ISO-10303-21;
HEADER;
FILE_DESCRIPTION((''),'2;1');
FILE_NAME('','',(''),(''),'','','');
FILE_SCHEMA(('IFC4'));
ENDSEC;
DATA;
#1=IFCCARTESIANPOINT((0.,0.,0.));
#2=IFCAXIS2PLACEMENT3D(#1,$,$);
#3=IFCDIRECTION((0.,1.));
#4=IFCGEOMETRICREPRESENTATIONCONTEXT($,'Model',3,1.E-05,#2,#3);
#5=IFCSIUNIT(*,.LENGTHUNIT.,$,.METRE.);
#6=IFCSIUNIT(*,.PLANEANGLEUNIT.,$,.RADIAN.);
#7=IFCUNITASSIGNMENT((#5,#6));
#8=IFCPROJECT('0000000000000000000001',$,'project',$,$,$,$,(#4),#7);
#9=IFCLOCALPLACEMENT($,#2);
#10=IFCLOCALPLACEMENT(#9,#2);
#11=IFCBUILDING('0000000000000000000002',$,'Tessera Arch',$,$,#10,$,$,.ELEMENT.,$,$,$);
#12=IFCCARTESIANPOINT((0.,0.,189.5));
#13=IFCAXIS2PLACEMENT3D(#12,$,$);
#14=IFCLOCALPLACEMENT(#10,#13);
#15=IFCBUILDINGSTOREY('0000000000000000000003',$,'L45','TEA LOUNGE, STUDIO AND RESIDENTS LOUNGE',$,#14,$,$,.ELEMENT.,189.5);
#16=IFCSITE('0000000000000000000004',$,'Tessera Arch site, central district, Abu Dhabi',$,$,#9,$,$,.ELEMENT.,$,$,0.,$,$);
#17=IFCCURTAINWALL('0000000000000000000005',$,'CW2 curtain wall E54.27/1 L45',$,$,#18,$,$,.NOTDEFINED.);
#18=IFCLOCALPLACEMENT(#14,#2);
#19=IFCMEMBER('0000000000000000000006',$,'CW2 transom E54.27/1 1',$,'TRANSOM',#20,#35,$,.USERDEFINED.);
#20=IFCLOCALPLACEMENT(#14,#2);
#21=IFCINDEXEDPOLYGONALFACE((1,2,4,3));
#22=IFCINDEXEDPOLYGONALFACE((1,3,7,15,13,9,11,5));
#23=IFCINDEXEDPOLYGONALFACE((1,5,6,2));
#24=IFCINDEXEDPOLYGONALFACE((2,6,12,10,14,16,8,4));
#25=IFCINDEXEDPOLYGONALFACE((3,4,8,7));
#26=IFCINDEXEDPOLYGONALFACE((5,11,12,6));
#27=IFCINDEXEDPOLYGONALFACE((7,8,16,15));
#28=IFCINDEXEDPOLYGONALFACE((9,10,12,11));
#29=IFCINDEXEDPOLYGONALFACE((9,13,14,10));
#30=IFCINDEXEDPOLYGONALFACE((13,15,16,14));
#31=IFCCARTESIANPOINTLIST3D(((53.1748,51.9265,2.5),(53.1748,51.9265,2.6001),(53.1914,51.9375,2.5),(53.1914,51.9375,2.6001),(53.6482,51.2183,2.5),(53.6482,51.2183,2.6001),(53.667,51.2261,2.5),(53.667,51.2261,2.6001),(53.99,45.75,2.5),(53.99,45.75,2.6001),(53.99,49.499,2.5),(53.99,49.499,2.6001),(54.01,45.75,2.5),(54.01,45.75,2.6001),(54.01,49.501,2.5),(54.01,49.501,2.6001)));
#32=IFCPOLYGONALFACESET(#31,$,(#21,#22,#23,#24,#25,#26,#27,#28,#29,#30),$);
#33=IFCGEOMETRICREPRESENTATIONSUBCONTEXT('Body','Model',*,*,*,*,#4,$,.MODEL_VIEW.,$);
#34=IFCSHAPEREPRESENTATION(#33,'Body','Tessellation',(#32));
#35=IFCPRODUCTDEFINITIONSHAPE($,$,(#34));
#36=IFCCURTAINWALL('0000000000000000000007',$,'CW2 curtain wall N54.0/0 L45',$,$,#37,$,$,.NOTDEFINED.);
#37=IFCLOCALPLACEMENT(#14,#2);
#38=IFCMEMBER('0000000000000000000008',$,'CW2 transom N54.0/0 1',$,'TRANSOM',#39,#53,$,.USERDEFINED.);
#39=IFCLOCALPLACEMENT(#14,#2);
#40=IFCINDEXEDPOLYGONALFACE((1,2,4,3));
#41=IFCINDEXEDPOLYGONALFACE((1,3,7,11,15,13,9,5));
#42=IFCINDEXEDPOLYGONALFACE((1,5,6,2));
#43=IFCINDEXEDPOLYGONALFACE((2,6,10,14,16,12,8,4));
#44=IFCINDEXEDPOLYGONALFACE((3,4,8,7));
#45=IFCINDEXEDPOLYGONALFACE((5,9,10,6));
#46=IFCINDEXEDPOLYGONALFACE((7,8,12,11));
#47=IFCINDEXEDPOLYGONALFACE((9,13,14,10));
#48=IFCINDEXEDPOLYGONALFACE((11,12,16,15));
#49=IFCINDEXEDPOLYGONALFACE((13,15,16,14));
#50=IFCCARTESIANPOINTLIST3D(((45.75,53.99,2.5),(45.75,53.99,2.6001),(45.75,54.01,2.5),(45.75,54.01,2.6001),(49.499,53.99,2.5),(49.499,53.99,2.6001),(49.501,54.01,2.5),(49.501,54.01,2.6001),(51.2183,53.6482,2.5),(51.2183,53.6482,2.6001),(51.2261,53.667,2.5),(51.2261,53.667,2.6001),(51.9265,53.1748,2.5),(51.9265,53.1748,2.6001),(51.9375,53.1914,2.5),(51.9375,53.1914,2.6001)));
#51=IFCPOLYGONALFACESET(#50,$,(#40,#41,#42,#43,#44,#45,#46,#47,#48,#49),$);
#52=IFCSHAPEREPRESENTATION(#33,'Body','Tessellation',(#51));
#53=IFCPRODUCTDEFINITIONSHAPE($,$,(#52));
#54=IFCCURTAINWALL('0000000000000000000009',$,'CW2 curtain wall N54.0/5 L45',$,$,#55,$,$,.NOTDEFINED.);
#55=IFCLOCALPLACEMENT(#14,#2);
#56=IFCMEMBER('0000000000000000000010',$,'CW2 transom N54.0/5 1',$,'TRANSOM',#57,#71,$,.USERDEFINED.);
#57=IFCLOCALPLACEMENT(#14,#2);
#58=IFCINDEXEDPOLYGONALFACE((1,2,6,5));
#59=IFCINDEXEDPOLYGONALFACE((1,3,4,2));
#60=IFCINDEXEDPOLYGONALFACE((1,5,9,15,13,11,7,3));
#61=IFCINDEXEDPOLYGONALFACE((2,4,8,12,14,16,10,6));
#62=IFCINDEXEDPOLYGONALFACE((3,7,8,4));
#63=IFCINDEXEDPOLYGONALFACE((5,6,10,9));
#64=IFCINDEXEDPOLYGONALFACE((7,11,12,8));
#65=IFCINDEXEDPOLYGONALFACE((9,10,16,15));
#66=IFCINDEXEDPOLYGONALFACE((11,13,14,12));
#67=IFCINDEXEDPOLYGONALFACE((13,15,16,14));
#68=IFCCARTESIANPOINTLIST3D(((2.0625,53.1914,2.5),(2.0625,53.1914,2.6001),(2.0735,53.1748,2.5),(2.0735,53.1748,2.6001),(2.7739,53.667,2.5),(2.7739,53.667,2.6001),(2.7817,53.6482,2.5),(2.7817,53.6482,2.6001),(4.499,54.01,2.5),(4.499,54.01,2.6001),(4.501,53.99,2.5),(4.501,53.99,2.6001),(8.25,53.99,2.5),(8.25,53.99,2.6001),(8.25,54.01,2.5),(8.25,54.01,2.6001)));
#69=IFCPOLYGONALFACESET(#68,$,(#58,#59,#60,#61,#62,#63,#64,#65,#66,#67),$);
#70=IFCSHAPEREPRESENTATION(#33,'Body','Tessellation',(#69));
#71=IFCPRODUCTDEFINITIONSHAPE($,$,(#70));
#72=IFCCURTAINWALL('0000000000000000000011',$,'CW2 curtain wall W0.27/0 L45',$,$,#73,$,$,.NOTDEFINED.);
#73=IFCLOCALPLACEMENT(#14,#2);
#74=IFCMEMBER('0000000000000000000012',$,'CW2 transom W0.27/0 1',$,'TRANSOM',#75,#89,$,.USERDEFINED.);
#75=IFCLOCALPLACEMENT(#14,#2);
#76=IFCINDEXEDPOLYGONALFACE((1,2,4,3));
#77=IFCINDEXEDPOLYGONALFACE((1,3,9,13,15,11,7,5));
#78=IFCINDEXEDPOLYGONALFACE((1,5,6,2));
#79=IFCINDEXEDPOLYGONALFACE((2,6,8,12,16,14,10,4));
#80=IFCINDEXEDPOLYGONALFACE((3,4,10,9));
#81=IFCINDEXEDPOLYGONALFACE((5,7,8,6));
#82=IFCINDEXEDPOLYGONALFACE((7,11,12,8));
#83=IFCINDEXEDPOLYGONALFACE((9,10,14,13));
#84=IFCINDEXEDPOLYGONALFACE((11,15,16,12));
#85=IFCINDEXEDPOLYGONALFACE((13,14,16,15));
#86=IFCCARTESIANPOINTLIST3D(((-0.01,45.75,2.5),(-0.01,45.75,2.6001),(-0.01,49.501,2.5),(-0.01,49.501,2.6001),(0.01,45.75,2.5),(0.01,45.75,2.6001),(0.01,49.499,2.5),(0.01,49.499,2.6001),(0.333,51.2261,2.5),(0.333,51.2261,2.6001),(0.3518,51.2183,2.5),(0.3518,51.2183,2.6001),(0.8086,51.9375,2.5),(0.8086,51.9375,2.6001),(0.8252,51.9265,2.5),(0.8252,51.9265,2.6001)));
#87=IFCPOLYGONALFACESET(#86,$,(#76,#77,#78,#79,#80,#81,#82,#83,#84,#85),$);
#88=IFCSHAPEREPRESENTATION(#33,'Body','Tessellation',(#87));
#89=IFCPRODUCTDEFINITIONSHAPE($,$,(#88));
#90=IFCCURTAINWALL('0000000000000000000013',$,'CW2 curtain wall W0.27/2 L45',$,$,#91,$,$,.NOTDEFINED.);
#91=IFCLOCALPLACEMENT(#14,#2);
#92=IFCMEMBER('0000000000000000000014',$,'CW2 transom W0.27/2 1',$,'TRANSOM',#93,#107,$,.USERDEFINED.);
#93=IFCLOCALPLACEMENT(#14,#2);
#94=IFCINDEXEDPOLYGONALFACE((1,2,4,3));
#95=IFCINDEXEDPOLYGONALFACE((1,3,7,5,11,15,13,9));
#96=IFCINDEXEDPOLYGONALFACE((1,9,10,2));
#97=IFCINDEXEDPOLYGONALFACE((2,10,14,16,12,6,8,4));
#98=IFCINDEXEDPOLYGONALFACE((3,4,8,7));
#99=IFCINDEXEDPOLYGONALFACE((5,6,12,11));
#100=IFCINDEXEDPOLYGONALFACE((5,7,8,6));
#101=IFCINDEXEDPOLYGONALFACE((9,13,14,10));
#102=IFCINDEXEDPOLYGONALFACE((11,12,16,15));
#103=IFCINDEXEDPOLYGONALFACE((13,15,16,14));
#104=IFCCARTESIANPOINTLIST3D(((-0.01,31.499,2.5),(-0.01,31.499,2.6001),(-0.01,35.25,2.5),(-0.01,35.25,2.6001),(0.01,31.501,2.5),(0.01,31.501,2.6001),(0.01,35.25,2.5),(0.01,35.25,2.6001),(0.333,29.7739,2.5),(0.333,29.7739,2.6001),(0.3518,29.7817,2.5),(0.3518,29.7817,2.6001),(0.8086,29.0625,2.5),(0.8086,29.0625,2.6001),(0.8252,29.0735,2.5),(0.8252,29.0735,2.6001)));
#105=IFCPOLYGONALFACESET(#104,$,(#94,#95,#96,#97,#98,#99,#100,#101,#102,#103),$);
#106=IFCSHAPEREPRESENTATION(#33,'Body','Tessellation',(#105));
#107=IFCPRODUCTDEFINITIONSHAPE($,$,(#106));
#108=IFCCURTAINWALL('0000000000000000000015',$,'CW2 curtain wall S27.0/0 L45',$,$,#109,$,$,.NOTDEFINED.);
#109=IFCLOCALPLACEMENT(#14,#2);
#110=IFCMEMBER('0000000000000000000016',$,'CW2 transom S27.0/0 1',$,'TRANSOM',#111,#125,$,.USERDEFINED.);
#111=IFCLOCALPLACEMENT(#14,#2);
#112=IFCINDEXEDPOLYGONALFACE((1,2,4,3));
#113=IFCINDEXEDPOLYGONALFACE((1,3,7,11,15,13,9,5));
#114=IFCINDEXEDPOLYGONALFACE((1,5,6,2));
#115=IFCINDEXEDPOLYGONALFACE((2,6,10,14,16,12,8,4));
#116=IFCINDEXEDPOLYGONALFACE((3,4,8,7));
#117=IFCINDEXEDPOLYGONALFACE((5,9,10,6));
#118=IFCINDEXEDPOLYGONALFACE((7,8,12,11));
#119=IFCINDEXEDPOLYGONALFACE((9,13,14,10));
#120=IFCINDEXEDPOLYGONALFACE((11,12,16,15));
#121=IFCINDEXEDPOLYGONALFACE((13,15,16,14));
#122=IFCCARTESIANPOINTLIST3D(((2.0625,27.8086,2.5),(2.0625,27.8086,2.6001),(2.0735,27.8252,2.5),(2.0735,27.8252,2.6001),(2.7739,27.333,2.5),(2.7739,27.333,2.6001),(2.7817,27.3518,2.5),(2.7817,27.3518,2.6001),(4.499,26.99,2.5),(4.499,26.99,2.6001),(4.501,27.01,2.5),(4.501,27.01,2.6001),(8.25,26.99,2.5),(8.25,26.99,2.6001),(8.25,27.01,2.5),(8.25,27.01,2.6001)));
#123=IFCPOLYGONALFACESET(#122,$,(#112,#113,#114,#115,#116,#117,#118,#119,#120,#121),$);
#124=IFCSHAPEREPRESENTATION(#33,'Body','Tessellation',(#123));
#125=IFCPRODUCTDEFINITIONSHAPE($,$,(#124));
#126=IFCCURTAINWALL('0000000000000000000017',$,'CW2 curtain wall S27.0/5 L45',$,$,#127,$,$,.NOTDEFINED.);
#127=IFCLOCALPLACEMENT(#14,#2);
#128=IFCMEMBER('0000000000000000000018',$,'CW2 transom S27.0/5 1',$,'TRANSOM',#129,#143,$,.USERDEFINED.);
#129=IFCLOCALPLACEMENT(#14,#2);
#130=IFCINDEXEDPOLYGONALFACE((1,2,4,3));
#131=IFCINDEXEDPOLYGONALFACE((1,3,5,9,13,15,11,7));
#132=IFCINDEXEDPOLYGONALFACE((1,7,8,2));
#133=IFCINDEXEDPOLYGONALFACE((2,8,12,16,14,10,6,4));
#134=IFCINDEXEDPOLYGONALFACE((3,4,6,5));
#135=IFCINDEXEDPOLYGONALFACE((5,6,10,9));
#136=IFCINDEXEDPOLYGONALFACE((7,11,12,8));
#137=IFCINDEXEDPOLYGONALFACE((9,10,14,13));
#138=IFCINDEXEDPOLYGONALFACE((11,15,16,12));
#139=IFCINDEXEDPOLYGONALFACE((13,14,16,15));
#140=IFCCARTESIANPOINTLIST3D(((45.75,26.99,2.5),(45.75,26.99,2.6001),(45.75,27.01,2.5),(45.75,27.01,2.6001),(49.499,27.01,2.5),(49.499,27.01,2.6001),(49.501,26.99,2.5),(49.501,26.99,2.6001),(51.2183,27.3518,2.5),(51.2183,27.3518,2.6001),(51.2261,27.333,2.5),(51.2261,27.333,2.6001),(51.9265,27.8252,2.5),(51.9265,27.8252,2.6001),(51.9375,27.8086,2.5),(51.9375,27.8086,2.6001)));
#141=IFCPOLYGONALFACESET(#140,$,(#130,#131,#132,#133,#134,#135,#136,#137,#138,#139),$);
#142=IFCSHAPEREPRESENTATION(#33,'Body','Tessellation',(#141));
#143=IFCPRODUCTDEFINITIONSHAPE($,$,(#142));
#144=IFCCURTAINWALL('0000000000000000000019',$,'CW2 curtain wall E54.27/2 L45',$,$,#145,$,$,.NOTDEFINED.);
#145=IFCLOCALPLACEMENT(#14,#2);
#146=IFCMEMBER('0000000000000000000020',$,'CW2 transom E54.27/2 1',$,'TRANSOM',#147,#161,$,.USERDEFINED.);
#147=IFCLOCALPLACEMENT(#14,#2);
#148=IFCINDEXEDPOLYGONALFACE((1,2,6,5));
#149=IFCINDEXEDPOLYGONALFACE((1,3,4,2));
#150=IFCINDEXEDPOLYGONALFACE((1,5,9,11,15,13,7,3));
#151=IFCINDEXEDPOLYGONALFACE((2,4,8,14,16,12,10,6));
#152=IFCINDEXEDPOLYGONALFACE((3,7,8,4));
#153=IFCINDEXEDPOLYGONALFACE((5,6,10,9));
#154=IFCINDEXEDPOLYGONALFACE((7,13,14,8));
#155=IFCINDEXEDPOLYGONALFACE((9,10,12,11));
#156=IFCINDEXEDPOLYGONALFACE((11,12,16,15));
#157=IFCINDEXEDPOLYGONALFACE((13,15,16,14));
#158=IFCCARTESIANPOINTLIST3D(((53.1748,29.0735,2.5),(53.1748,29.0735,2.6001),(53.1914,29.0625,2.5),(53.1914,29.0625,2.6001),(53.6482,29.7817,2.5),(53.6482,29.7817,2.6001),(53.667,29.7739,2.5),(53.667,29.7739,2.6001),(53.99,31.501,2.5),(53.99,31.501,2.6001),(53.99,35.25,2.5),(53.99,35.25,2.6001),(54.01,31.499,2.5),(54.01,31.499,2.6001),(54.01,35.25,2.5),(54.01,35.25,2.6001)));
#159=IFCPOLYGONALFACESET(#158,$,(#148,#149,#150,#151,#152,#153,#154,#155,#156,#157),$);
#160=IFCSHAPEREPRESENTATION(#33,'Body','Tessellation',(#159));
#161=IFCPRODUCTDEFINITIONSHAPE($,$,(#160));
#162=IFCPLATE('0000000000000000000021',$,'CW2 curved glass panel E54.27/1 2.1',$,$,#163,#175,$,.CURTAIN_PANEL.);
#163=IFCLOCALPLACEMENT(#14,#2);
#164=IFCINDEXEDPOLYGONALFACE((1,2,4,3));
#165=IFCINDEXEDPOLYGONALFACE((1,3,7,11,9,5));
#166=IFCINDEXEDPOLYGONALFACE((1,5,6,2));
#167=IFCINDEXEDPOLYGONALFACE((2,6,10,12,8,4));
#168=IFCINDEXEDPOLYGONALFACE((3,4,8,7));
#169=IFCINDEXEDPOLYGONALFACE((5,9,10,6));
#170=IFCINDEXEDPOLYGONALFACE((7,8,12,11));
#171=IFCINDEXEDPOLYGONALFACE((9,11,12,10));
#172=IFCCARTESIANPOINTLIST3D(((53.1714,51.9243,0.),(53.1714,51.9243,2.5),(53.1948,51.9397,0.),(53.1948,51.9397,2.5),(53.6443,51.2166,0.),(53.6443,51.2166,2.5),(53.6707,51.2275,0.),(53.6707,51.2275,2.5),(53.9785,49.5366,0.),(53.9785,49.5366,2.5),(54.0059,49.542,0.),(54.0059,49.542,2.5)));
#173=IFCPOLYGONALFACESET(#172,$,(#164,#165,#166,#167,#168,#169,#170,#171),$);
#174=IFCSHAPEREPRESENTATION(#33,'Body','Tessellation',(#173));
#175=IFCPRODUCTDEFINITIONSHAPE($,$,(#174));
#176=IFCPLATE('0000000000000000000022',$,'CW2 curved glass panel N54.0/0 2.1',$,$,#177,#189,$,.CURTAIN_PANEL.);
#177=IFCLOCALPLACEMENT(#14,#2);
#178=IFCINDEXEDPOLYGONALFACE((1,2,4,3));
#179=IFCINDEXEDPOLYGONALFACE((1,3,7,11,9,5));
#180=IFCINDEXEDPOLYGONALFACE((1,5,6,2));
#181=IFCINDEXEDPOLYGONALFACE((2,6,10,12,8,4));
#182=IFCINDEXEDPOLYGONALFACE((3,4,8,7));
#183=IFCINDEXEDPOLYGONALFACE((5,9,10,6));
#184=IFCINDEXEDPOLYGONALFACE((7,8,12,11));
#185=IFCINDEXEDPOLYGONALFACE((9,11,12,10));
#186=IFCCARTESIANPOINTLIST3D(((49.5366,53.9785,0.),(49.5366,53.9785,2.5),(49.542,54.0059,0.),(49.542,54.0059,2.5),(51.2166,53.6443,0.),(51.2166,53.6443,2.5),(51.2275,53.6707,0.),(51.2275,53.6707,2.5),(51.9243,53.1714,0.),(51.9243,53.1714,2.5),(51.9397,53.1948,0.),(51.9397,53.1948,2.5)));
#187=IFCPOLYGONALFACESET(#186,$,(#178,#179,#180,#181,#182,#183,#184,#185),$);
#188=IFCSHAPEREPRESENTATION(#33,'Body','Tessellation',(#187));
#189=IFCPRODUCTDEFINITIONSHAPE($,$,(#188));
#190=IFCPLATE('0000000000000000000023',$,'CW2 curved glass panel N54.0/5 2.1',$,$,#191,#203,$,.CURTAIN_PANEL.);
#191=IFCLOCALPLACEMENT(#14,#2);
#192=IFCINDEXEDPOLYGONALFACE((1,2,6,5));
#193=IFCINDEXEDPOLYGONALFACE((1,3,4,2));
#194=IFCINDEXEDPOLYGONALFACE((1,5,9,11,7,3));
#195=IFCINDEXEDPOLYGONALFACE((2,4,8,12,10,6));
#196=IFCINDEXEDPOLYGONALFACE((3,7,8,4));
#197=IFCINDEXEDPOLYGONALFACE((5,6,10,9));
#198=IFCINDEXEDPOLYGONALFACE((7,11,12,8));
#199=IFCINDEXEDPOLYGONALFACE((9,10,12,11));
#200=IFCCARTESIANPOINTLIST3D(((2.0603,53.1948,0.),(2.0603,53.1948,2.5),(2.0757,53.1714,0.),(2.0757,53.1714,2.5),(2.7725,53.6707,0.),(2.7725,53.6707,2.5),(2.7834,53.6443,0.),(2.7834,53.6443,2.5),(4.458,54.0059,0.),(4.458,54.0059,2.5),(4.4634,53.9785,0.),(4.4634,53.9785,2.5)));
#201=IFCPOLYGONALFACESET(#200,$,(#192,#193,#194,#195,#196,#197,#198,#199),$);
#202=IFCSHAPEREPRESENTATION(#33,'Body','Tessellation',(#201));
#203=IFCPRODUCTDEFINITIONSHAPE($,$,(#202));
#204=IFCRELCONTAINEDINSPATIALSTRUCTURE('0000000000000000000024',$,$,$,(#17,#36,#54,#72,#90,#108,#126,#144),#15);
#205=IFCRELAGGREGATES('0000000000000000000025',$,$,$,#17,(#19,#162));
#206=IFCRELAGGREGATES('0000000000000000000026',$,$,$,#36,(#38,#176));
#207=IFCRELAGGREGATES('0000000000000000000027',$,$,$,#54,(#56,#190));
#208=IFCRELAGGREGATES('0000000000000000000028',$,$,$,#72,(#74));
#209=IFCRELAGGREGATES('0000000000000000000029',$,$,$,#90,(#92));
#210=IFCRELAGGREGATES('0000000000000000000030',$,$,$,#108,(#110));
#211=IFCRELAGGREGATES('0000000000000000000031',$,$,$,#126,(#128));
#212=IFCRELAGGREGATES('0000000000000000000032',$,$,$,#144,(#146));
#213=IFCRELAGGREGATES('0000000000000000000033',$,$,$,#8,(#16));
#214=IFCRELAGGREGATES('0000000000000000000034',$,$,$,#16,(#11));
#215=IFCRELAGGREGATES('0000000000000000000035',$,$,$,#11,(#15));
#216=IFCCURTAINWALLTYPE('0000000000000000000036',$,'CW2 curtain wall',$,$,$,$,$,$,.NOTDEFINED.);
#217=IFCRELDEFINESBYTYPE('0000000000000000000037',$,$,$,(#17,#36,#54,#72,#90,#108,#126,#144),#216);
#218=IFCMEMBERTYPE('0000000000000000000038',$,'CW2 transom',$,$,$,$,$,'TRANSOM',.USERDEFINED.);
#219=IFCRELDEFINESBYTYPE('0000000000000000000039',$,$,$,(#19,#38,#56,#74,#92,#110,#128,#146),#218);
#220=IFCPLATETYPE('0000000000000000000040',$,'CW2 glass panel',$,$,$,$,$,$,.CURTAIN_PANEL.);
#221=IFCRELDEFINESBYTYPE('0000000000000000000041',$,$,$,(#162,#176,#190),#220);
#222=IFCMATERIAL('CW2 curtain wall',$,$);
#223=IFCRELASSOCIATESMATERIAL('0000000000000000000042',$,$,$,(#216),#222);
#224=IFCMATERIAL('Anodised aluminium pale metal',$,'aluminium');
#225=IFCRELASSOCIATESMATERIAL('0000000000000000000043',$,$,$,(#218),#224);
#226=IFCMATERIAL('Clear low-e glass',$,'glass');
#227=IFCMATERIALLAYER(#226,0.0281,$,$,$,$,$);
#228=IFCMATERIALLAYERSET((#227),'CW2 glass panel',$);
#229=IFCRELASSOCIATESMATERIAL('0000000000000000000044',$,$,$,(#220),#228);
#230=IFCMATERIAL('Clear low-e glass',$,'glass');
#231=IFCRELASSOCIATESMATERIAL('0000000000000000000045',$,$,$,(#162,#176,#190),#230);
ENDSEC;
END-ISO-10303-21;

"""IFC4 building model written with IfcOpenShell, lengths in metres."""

from ifc_helpers import new_model, si_unit, direction, frame, origin, origin_2d, place, context, subcontext, project, spatial, polyline, rectangle, outline, extrude, material, layer, layer_set, material_profile, profile_set, type_object, element, aggregate, save


model = new_model("IFC4")

# Units and contexts
model_context = context("Model", 3, precision=1e-05, world=origin(), true_north=direction((0.0, 1.0)))
body_context = subcontext(model_context, "Body", "Model", "MODEL_VIEW")
ifc_project = project(units=[si_unit("LENGTHUNIT", "METRE"), si_unit("PLANEANGLEUNIT", "RADIAN")], contexts=[model_context])

# Site, building, storey
site_placement = place(None, origin())
site = spatial("IfcSite", under=ifc_project, at=site_placement, Name="Tessera Arch site, central district, Abu Dhabi", CompositionType="ELEMENT", RefElevation=0.0)
building_placement = place(site_placement, origin())
building = spatial("IfcBuilding", under=site, at=building_placement, Name="Tessera Arch", CompositionType="ELEMENT")
storey_placement = place(building_placement, frame((0.0, 0.0, 189.5)))
storey = spatial("IfcBuildingStorey", under=building, at=storey_placement, Name="L45", Description="TEA LOUNGE, STUDIO AND RESIDENTS LOUNGE", CompositionType="ELEMENT", Elevation=189.5)

# Curtain walls, members
ifc_material_1 = material(Name="CW2 curtain wall")
curtain_wall_type = type_object("IfcCurtainWallType", Name="CW2 curtain wall", PredefinedType="NOTDEFINED", material=ifc_material_1)
curtain_wall_1_placement = place(storey_placement, origin())
curtain_wall_1 = element("IfcCurtainWall", 1, at=curtain_wall_1_placement, inside=storey, type_object=curtain_wall_type, Name="CW2 curtain wall E54.27/1 L45", PredefinedType="NOTDEFINED")
ifc_material_2 = material(Name="Anodised aluminium pale metal", Category="aluminium")
ifc_material_profile = material_profile(ifc_material_2, rectangle(XDim=0.2, YDim=0.1001, at=origin_2d()), Name="AL 200x100")
ifc_profile_set = profile_set([ifc_material_profile], Name="Anodised aluminium pale metal")
member_type = type_object("IfcMemberType", Name="CW2 transom", ElementType="TRANSOM", PredefinedType="USERDEFINED", material=ifc_profile_set)
member_1_placement = place(storey_placement, frame((0.0, 0.0, 2.5)))
member_1 = element("IfcMember", 2, at=member_1_placement, type_object=member_type, Name="CW2 transom E54.27/1 1", ObjectType="TRANSOM", PredefinedType="USERDEFINED", context=body_context, shape_type="SweptSolid", body=[
    extrude(outline(polyline([(53.99, 49.499), (53.99, 45.75), (54.01, 45.75), (54.01, 49.501), (53.667, 51.2261), (53.1914, 51.9375), (53.1748, 51.9265), (53.6482, 51.2183), (53.99, 49.499)])), origin(), (0.0, 0.0, 1.0), 0.1001),
])
curtain_wall_2_placement = place(storey_placement, origin())
curtain_wall_2 = element("IfcCurtainWall", 3, at=curtain_wall_2_placement, inside=storey, type_object=curtain_wall_type, Name="CW2 curtain wall N54.0/0 L45", PredefinedType="NOTDEFINED")
member_2_placement = place(storey_placement, frame((0.0, 0.0, 2.5)))
member_2 = element("IfcMember", 4, at=member_2_placement, type_object=member_type, Name="CW2 transom N54.0/0 1", ObjectType="TRANSOM", PredefinedType="USERDEFINED", context=body_context, shape_type="SweptSolid", body=[
    extrude(outline(polyline([(51.2183, 53.6482), (51.9265, 53.1748), (51.9375, 53.1914), (51.2261, 53.667), (49.501, 54.01), (45.75, 54.01), (45.75, 53.99), (49.499, 53.99), (51.2183, 53.6482)])), origin(), (0.0, 0.0, 1.0), 0.1001),
])
curtain_wall_3_placement = place(storey_placement, origin())
curtain_wall_3 = element("IfcCurtainWall", 5, at=curtain_wall_3_placement, inside=storey, type_object=curtain_wall_type, Name="CW2 curtain wall N54.0/5 L45", PredefinedType="NOTDEFINED")
member_3_placement = place(storey_placement, frame((0.0, 0.0, 2.5)))
member_3 = element("IfcMember", 6, at=member_3_placement, type_object=member_type, Name="CW2 transom N54.0/5 1", ObjectType="TRANSOM", PredefinedType="USERDEFINED", context=body_context, shape_type="SweptSolid", body=[
    extrude(outline(polyline([(4.501, 53.99), (8.25, 53.99), (8.25, 54.01), (4.499, 54.01), (2.7739, 53.667), (2.0625, 53.1914), (2.0735, 53.1748), (2.7817, 53.6482), (4.501, 53.99)])), origin(), (0.0, 0.0, 1.0), 0.1001),
])
curtain_wall_4_placement = place(storey_placement, origin())
curtain_wall_4 = element("IfcCurtainWall", 7, at=curtain_wall_4_placement, inside=storey, type_object=curtain_wall_type, Name="CW2 curtain wall W0.27/0 L45", PredefinedType="NOTDEFINED")
member_4_placement = place(storey_placement, frame((0.0, 0.0, 2.5)))
member_4 = element("IfcMember", 8, at=member_4_placement, type_object=member_type, Name="CW2 transom W0.27/0 1", ObjectType="TRANSOM", PredefinedType="USERDEFINED", context=body_context, shape_type="SweptSolid", body=[
    extrude(outline(polyline([(0.3518, 51.2183), (0.8252, 51.9265), (0.8086, 51.9375), (0.333, 51.2261), (-0.01, 49.501), (-0.01, 45.75), (0.01, 45.75), (0.01, 49.499), (0.3518, 51.2183)])), origin(), (0.0, 0.0, 1.0), 0.1001),
])
curtain_wall_5_placement = place(storey_placement, origin())
curtain_wall_5 = element("IfcCurtainWall", 9, at=curtain_wall_5_placement, inside=storey, type_object=curtain_wall_type, Name="CW2 curtain wall W0.27/2 L45", PredefinedType="NOTDEFINED")
member_5_placement = place(storey_placement, frame((0.0, 0.0, 2.5)))
member_5 = element("IfcMember", 10, at=member_5_placement, type_object=member_type, Name="CW2 transom W0.27/2 1", ObjectType="TRANSOM", PredefinedType="USERDEFINED", context=body_context, shape_type="SweptSolid", body=[
    extrude(outline(polyline([(0.01, 31.501), (0.01, 35.25), (-0.01, 35.25), (-0.01, 31.499), (0.333, 29.7739), (0.8086, 29.0625), (0.8252, 29.0735), (0.3518, 29.7817), (0.01, 31.501)])), origin(), (0.0, 0.0, 1.0), 0.1001),
])
curtain_wall_6_placement = place(storey_placement, origin())
curtain_wall_6 = element("IfcCurtainWall", 11, at=curtain_wall_6_placement, inside=storey, type_object=curtain_wall_type, Name="CW2 curtain wall S27.0/0 L45", PredefinedType="NOTDEFINED")
member_6_placement = place(storey_placement, frame((0.0, 0.0, 2.5)))
member_6 = element("IfcMember", 12, at=member_6_placement, type_object=member_type, Name="CW2 transom S27.0/0 1", ObjectType="TRANSOM", PredefinedType="USERDEFINED", context=body_context, shape_type="SweptSolid", body=[
    extrude(outline(polyline([(2.7817, 27.3518), (2.0735, 27.8252), (2.0625, 27.8086), (2.7739, 27.333), (4.499, 26.99), (8.25, 26.99), (8.25, 27.01), (4.501, 27.01), (2.7817, 27.3518)])), origin(), (0.0, 0.0, 1.0), 0.1001),
])
curtain_wall_7_placement = place(storey_placement, origin())
curtain_wall_7 = element("IfcCurtainWall", 13, at=curtain_wall_7_placement, inside=storey, type_object=curtain_wall_type, Name="CW2 curtain wall S27.0/5 L45", PredefinedType="NOTDEFINED")
member_7_placement = place(storey_placement, frame((0.0, 0.0, 2.5)))
member_7 = element("IfcMember", 14, at=member_7_placement, type_object=member_type, Name="CW2 transom S27.0/5 1", ObjectType="TRANSOM", PredefinedType="USERDEFINED", context=body_context, shape_type="SweptSolid", body=[
    extrude(outline(polyline([(49.499, 27.01), (45.75, 27.01), (45.75, 26.99), (49.501, 26.99), (51.2261, 27.333), (51.9375, 27.8086), (51.9265, 27.8252), (51.2183, 27.3518), (49.499, 27.01)])), origin(), (0.0, 0.0, 1.0), 0.1001),
])
curtain_wall_8_placement = place(storey_placement, origin())
curtain_wall_8 = element("IfcCurtainWall", 15, at=curtain_wall_8_placement, inside=storey, type_object=curtain_wall_type, Name="CW2 curtain wall E54.27/2 L45", PredefinedType="NOTDEFINED")
member_8_placement = place(storey_placement, frame((0.0, 0.0, 2.5)))
member_8 = element("IfcMember", 16, at=member_8_placement, type_object=member_type, Name="CW2 transom E54.27/2 1", ObjectType="TRANSOM", PredefinedType="USERDEFINED", context=body_context, shape_type="SweptSolid", body=[
    extrude(outline(polyline([(53.6482, 29.7817), (53.1748, 29.0735), (53.1914, 29.0625), (53.667, 29.7739), (54.01, 31.499), (54.01, 35.25), (53.99, 35.25), (53.99, 31.501), (53.6482, 29.7817)])), origin(), (0.0, 0.0, 1.0), 0.1001),
])

# Plates
ifc_material_3 = material(Name="Clear low-e glass", Category="glass")
ifc_material_4 = material(Name="Clear low-e glass", Category="glass")
ifc_layer_1 = layer(ifc_material_4, 0.0281)
ifc_layer_set_1 = layer_set([ifc_layer_1], Name="CW2 glass panel")
plate_type_1 = type_object("IfcPlateType", Name="CW2 glass panel", PredefinedType="CURTAIN_PANEL", material=ifc_layer_set_1)
plate_1_placement = place(storey_placement, origin())
plate_1 = element("IfcPlate", 17, at=plate_1_placement, type_object=plate_type_1, material=ifc_material_3, Name="CW2 curved glass panel E54.27/1 2.1", PredefinedType="CURTAIN_PANEL", context=body_context, shape_type="SweptSolid", body=[
    extrude(outline(polyline([(53.6443, 51.2166), (53.9785, 49.5366), (54.0059, 49.542), (53.6707, 51.2275), (53.1948, 51.9397), (53.1714, 51.9243), (53.6443, 51.2166)])), origin(), (0.0, 0.0, 1.0), 2.5),
])
plate_2_placement = place(storey_placement, origin())
plate_2 = element("IfcPlate", 18, at=plate_2_placement, type_object=plate_type_1, material=ifc_material_3, Name="CW2 curved glass panel N54.0/0 2.1", PredefinedType="CURTAIN_PANEL", context=body_context, shape_type="SweptSolid", body=[
    extrude(outline(polyline([(51.2166, 53.6443), (51.9243, 53.1714), (51.9397, 53.1948), (51.2275, 53.6707), (49.542, 54.0059), (49.5366, 53.9785), (51.2166, 53.6443)])), origin(), (0.0, 0.0, 1.0), 2.5),
])
plate_3_placement = place(storey_placement, origin())
plate_3 = element("IfcPlate", 19, at=plate_3_placement, type_object=plate_type_1, material=ifc_material_3, Name="CW2 curved glass panel N54.0/5 2.1", PredefinedType="CURTAIN_PANEL", context=body_context, shape_type="SweptSolid", body=[
    extrude(outline(polyline([(2.7834, 53.6443), (4.4634, 53.9785), (4.458, 54.0059), (2.7725, 53.6707), (2.0603, 53.1948), (2.0757, 53.1714), (2.7834, 53.6443)])), origin(), (0.0, 0.0, 1.0), 2.5),
])
aggregate(curtain_wall_1, [member_1, plate_1])
aggregate(curtain_wall_2, [member_2, plate_2])
aggregate(curtain_wall_3, [member_3, plate_3])
aggregate(curtain_wall_4, [member_4])
aggregate(curtain_wall_5, [member_5])
aggregate(curtain_wall_6, [member_6])
aggregate(curtain_wall_7, [member_7])
aggregate(curtain_wall_8, [member_8])

save(model, "model.ifc")
